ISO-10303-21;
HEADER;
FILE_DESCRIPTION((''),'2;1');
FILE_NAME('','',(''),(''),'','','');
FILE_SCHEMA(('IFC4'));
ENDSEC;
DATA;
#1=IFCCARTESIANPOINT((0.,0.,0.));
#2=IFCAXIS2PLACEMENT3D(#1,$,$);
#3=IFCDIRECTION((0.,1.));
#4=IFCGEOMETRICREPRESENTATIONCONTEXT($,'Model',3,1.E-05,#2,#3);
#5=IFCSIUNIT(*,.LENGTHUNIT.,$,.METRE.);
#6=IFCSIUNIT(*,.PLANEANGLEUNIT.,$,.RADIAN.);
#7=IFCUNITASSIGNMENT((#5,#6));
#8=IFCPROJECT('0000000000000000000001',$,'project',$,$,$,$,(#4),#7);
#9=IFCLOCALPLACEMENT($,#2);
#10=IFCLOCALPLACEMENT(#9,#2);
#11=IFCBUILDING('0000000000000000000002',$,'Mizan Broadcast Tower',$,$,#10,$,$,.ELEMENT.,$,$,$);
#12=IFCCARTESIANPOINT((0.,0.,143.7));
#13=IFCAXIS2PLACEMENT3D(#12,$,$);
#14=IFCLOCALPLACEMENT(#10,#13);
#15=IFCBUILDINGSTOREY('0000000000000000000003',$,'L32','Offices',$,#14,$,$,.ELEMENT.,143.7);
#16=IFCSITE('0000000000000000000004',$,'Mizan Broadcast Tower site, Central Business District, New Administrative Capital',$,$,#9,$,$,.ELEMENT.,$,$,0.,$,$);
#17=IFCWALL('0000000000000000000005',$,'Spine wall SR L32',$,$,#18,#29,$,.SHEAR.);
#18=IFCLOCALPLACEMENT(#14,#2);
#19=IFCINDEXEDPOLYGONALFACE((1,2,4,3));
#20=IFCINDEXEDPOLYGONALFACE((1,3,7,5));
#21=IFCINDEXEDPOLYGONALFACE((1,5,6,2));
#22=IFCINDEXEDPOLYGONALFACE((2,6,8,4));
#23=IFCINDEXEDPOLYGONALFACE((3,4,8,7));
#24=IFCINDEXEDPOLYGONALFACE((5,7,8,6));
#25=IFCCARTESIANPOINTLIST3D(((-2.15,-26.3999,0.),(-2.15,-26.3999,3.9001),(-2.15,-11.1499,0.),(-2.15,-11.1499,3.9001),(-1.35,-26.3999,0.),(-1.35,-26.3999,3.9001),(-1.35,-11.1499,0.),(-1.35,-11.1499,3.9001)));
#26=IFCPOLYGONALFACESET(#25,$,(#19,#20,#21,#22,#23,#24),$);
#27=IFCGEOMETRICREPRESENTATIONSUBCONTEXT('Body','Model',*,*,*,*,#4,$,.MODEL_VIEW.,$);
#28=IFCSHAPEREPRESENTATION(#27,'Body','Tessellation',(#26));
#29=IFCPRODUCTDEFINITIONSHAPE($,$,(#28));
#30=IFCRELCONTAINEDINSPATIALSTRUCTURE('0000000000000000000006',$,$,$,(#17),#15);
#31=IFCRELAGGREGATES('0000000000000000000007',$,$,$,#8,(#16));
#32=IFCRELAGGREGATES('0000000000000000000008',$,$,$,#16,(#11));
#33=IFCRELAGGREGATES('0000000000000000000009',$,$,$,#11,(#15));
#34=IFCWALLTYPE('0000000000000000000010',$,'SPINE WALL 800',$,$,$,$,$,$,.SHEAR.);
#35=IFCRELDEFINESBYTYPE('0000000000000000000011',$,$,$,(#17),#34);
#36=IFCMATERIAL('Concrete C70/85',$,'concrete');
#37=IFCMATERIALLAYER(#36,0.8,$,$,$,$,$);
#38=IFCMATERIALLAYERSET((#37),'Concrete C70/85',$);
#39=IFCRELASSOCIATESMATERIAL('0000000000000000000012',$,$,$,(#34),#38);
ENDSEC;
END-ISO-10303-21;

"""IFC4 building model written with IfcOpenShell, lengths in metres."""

from ifc_helpers import new_model, si_unit, direction, frame, frame_2d, origin, place, context, subcontext, project, spatial, rectangle, extrude, material, layer, layer_set, type_object, element, save


model = new_model("IFC4")

# Units and contexts
model_context = context("Model", 3, precision=1e-05, world=origin(), true_north=direction((0.0, 1.0)))
body_context = subcontext(model_context, "Body", "Model", "MODEL_VIEW")
ifc_project = project(units=[si_unit("LENGTHUNIT", "METRE"), si_unit("PLANEANGLEUNIT", "RADIAN")], contexts=[model_context])

# Site, building, storey
site_placement = place(None, origin())
site = spatial("IfcSite", under=ifc_project, at=site_placement, Name="Mizan Broadcast Tower site, Central Business District, New Administrative Capital", CompositionType="ELEMENT", RefElevation=0.0)
building_placement = place(site_placement, origin())
building = spatial("IfcBuilding", under=site, at=building_placement, Name="Mizan Broadcast Tower", CompositionType="ELEMENT")
storey_placement = place(building_placement, frame((0.0, 0.0, 143.7)))
storey = spatial("IfcBuildingStorey", under=building, at=storey_placement, Name="L32", Description="Offices", CompositionType="ELEMENT", Elevation=143.7)

# Wall
ifc_material_1 = material(Name="Concrete C70/85", Category="concrete")
ifc_layer_1 = layer(ifc_material_1, 0.8)
ifc_layer_set_1 = layer_set([ifc_layer_1], Name="Concrete C70/85")
wall_type_1 = type_object("IfcWallType", Name="SPINE WALL 800", PredefinedType="SHEAR", material=ifc_layer_set_1)
wall_1_placement = place(storey_placement, frame((-1.75, -11.1499, 0.0), z_axis=(0.0, 0.0, 1.0), x_axis=(0.0, -1.0, 0.0)))
element("IfcWall", 1, at=wall_1_placement, inside=storey, type_object=wall_type_1, Name="Spine wall SR L32", PredefinedType="SHEAR", context=body_context, shape_type="SweptSolid", body=[
    extrude(rectangle(XDim=15.25, YDim=0.8, at=frame_2d((7.625, 0.0))), origin(), (0.0, 0.0, 1.0), 3.9001),
])

save(model, "model.ifc")
